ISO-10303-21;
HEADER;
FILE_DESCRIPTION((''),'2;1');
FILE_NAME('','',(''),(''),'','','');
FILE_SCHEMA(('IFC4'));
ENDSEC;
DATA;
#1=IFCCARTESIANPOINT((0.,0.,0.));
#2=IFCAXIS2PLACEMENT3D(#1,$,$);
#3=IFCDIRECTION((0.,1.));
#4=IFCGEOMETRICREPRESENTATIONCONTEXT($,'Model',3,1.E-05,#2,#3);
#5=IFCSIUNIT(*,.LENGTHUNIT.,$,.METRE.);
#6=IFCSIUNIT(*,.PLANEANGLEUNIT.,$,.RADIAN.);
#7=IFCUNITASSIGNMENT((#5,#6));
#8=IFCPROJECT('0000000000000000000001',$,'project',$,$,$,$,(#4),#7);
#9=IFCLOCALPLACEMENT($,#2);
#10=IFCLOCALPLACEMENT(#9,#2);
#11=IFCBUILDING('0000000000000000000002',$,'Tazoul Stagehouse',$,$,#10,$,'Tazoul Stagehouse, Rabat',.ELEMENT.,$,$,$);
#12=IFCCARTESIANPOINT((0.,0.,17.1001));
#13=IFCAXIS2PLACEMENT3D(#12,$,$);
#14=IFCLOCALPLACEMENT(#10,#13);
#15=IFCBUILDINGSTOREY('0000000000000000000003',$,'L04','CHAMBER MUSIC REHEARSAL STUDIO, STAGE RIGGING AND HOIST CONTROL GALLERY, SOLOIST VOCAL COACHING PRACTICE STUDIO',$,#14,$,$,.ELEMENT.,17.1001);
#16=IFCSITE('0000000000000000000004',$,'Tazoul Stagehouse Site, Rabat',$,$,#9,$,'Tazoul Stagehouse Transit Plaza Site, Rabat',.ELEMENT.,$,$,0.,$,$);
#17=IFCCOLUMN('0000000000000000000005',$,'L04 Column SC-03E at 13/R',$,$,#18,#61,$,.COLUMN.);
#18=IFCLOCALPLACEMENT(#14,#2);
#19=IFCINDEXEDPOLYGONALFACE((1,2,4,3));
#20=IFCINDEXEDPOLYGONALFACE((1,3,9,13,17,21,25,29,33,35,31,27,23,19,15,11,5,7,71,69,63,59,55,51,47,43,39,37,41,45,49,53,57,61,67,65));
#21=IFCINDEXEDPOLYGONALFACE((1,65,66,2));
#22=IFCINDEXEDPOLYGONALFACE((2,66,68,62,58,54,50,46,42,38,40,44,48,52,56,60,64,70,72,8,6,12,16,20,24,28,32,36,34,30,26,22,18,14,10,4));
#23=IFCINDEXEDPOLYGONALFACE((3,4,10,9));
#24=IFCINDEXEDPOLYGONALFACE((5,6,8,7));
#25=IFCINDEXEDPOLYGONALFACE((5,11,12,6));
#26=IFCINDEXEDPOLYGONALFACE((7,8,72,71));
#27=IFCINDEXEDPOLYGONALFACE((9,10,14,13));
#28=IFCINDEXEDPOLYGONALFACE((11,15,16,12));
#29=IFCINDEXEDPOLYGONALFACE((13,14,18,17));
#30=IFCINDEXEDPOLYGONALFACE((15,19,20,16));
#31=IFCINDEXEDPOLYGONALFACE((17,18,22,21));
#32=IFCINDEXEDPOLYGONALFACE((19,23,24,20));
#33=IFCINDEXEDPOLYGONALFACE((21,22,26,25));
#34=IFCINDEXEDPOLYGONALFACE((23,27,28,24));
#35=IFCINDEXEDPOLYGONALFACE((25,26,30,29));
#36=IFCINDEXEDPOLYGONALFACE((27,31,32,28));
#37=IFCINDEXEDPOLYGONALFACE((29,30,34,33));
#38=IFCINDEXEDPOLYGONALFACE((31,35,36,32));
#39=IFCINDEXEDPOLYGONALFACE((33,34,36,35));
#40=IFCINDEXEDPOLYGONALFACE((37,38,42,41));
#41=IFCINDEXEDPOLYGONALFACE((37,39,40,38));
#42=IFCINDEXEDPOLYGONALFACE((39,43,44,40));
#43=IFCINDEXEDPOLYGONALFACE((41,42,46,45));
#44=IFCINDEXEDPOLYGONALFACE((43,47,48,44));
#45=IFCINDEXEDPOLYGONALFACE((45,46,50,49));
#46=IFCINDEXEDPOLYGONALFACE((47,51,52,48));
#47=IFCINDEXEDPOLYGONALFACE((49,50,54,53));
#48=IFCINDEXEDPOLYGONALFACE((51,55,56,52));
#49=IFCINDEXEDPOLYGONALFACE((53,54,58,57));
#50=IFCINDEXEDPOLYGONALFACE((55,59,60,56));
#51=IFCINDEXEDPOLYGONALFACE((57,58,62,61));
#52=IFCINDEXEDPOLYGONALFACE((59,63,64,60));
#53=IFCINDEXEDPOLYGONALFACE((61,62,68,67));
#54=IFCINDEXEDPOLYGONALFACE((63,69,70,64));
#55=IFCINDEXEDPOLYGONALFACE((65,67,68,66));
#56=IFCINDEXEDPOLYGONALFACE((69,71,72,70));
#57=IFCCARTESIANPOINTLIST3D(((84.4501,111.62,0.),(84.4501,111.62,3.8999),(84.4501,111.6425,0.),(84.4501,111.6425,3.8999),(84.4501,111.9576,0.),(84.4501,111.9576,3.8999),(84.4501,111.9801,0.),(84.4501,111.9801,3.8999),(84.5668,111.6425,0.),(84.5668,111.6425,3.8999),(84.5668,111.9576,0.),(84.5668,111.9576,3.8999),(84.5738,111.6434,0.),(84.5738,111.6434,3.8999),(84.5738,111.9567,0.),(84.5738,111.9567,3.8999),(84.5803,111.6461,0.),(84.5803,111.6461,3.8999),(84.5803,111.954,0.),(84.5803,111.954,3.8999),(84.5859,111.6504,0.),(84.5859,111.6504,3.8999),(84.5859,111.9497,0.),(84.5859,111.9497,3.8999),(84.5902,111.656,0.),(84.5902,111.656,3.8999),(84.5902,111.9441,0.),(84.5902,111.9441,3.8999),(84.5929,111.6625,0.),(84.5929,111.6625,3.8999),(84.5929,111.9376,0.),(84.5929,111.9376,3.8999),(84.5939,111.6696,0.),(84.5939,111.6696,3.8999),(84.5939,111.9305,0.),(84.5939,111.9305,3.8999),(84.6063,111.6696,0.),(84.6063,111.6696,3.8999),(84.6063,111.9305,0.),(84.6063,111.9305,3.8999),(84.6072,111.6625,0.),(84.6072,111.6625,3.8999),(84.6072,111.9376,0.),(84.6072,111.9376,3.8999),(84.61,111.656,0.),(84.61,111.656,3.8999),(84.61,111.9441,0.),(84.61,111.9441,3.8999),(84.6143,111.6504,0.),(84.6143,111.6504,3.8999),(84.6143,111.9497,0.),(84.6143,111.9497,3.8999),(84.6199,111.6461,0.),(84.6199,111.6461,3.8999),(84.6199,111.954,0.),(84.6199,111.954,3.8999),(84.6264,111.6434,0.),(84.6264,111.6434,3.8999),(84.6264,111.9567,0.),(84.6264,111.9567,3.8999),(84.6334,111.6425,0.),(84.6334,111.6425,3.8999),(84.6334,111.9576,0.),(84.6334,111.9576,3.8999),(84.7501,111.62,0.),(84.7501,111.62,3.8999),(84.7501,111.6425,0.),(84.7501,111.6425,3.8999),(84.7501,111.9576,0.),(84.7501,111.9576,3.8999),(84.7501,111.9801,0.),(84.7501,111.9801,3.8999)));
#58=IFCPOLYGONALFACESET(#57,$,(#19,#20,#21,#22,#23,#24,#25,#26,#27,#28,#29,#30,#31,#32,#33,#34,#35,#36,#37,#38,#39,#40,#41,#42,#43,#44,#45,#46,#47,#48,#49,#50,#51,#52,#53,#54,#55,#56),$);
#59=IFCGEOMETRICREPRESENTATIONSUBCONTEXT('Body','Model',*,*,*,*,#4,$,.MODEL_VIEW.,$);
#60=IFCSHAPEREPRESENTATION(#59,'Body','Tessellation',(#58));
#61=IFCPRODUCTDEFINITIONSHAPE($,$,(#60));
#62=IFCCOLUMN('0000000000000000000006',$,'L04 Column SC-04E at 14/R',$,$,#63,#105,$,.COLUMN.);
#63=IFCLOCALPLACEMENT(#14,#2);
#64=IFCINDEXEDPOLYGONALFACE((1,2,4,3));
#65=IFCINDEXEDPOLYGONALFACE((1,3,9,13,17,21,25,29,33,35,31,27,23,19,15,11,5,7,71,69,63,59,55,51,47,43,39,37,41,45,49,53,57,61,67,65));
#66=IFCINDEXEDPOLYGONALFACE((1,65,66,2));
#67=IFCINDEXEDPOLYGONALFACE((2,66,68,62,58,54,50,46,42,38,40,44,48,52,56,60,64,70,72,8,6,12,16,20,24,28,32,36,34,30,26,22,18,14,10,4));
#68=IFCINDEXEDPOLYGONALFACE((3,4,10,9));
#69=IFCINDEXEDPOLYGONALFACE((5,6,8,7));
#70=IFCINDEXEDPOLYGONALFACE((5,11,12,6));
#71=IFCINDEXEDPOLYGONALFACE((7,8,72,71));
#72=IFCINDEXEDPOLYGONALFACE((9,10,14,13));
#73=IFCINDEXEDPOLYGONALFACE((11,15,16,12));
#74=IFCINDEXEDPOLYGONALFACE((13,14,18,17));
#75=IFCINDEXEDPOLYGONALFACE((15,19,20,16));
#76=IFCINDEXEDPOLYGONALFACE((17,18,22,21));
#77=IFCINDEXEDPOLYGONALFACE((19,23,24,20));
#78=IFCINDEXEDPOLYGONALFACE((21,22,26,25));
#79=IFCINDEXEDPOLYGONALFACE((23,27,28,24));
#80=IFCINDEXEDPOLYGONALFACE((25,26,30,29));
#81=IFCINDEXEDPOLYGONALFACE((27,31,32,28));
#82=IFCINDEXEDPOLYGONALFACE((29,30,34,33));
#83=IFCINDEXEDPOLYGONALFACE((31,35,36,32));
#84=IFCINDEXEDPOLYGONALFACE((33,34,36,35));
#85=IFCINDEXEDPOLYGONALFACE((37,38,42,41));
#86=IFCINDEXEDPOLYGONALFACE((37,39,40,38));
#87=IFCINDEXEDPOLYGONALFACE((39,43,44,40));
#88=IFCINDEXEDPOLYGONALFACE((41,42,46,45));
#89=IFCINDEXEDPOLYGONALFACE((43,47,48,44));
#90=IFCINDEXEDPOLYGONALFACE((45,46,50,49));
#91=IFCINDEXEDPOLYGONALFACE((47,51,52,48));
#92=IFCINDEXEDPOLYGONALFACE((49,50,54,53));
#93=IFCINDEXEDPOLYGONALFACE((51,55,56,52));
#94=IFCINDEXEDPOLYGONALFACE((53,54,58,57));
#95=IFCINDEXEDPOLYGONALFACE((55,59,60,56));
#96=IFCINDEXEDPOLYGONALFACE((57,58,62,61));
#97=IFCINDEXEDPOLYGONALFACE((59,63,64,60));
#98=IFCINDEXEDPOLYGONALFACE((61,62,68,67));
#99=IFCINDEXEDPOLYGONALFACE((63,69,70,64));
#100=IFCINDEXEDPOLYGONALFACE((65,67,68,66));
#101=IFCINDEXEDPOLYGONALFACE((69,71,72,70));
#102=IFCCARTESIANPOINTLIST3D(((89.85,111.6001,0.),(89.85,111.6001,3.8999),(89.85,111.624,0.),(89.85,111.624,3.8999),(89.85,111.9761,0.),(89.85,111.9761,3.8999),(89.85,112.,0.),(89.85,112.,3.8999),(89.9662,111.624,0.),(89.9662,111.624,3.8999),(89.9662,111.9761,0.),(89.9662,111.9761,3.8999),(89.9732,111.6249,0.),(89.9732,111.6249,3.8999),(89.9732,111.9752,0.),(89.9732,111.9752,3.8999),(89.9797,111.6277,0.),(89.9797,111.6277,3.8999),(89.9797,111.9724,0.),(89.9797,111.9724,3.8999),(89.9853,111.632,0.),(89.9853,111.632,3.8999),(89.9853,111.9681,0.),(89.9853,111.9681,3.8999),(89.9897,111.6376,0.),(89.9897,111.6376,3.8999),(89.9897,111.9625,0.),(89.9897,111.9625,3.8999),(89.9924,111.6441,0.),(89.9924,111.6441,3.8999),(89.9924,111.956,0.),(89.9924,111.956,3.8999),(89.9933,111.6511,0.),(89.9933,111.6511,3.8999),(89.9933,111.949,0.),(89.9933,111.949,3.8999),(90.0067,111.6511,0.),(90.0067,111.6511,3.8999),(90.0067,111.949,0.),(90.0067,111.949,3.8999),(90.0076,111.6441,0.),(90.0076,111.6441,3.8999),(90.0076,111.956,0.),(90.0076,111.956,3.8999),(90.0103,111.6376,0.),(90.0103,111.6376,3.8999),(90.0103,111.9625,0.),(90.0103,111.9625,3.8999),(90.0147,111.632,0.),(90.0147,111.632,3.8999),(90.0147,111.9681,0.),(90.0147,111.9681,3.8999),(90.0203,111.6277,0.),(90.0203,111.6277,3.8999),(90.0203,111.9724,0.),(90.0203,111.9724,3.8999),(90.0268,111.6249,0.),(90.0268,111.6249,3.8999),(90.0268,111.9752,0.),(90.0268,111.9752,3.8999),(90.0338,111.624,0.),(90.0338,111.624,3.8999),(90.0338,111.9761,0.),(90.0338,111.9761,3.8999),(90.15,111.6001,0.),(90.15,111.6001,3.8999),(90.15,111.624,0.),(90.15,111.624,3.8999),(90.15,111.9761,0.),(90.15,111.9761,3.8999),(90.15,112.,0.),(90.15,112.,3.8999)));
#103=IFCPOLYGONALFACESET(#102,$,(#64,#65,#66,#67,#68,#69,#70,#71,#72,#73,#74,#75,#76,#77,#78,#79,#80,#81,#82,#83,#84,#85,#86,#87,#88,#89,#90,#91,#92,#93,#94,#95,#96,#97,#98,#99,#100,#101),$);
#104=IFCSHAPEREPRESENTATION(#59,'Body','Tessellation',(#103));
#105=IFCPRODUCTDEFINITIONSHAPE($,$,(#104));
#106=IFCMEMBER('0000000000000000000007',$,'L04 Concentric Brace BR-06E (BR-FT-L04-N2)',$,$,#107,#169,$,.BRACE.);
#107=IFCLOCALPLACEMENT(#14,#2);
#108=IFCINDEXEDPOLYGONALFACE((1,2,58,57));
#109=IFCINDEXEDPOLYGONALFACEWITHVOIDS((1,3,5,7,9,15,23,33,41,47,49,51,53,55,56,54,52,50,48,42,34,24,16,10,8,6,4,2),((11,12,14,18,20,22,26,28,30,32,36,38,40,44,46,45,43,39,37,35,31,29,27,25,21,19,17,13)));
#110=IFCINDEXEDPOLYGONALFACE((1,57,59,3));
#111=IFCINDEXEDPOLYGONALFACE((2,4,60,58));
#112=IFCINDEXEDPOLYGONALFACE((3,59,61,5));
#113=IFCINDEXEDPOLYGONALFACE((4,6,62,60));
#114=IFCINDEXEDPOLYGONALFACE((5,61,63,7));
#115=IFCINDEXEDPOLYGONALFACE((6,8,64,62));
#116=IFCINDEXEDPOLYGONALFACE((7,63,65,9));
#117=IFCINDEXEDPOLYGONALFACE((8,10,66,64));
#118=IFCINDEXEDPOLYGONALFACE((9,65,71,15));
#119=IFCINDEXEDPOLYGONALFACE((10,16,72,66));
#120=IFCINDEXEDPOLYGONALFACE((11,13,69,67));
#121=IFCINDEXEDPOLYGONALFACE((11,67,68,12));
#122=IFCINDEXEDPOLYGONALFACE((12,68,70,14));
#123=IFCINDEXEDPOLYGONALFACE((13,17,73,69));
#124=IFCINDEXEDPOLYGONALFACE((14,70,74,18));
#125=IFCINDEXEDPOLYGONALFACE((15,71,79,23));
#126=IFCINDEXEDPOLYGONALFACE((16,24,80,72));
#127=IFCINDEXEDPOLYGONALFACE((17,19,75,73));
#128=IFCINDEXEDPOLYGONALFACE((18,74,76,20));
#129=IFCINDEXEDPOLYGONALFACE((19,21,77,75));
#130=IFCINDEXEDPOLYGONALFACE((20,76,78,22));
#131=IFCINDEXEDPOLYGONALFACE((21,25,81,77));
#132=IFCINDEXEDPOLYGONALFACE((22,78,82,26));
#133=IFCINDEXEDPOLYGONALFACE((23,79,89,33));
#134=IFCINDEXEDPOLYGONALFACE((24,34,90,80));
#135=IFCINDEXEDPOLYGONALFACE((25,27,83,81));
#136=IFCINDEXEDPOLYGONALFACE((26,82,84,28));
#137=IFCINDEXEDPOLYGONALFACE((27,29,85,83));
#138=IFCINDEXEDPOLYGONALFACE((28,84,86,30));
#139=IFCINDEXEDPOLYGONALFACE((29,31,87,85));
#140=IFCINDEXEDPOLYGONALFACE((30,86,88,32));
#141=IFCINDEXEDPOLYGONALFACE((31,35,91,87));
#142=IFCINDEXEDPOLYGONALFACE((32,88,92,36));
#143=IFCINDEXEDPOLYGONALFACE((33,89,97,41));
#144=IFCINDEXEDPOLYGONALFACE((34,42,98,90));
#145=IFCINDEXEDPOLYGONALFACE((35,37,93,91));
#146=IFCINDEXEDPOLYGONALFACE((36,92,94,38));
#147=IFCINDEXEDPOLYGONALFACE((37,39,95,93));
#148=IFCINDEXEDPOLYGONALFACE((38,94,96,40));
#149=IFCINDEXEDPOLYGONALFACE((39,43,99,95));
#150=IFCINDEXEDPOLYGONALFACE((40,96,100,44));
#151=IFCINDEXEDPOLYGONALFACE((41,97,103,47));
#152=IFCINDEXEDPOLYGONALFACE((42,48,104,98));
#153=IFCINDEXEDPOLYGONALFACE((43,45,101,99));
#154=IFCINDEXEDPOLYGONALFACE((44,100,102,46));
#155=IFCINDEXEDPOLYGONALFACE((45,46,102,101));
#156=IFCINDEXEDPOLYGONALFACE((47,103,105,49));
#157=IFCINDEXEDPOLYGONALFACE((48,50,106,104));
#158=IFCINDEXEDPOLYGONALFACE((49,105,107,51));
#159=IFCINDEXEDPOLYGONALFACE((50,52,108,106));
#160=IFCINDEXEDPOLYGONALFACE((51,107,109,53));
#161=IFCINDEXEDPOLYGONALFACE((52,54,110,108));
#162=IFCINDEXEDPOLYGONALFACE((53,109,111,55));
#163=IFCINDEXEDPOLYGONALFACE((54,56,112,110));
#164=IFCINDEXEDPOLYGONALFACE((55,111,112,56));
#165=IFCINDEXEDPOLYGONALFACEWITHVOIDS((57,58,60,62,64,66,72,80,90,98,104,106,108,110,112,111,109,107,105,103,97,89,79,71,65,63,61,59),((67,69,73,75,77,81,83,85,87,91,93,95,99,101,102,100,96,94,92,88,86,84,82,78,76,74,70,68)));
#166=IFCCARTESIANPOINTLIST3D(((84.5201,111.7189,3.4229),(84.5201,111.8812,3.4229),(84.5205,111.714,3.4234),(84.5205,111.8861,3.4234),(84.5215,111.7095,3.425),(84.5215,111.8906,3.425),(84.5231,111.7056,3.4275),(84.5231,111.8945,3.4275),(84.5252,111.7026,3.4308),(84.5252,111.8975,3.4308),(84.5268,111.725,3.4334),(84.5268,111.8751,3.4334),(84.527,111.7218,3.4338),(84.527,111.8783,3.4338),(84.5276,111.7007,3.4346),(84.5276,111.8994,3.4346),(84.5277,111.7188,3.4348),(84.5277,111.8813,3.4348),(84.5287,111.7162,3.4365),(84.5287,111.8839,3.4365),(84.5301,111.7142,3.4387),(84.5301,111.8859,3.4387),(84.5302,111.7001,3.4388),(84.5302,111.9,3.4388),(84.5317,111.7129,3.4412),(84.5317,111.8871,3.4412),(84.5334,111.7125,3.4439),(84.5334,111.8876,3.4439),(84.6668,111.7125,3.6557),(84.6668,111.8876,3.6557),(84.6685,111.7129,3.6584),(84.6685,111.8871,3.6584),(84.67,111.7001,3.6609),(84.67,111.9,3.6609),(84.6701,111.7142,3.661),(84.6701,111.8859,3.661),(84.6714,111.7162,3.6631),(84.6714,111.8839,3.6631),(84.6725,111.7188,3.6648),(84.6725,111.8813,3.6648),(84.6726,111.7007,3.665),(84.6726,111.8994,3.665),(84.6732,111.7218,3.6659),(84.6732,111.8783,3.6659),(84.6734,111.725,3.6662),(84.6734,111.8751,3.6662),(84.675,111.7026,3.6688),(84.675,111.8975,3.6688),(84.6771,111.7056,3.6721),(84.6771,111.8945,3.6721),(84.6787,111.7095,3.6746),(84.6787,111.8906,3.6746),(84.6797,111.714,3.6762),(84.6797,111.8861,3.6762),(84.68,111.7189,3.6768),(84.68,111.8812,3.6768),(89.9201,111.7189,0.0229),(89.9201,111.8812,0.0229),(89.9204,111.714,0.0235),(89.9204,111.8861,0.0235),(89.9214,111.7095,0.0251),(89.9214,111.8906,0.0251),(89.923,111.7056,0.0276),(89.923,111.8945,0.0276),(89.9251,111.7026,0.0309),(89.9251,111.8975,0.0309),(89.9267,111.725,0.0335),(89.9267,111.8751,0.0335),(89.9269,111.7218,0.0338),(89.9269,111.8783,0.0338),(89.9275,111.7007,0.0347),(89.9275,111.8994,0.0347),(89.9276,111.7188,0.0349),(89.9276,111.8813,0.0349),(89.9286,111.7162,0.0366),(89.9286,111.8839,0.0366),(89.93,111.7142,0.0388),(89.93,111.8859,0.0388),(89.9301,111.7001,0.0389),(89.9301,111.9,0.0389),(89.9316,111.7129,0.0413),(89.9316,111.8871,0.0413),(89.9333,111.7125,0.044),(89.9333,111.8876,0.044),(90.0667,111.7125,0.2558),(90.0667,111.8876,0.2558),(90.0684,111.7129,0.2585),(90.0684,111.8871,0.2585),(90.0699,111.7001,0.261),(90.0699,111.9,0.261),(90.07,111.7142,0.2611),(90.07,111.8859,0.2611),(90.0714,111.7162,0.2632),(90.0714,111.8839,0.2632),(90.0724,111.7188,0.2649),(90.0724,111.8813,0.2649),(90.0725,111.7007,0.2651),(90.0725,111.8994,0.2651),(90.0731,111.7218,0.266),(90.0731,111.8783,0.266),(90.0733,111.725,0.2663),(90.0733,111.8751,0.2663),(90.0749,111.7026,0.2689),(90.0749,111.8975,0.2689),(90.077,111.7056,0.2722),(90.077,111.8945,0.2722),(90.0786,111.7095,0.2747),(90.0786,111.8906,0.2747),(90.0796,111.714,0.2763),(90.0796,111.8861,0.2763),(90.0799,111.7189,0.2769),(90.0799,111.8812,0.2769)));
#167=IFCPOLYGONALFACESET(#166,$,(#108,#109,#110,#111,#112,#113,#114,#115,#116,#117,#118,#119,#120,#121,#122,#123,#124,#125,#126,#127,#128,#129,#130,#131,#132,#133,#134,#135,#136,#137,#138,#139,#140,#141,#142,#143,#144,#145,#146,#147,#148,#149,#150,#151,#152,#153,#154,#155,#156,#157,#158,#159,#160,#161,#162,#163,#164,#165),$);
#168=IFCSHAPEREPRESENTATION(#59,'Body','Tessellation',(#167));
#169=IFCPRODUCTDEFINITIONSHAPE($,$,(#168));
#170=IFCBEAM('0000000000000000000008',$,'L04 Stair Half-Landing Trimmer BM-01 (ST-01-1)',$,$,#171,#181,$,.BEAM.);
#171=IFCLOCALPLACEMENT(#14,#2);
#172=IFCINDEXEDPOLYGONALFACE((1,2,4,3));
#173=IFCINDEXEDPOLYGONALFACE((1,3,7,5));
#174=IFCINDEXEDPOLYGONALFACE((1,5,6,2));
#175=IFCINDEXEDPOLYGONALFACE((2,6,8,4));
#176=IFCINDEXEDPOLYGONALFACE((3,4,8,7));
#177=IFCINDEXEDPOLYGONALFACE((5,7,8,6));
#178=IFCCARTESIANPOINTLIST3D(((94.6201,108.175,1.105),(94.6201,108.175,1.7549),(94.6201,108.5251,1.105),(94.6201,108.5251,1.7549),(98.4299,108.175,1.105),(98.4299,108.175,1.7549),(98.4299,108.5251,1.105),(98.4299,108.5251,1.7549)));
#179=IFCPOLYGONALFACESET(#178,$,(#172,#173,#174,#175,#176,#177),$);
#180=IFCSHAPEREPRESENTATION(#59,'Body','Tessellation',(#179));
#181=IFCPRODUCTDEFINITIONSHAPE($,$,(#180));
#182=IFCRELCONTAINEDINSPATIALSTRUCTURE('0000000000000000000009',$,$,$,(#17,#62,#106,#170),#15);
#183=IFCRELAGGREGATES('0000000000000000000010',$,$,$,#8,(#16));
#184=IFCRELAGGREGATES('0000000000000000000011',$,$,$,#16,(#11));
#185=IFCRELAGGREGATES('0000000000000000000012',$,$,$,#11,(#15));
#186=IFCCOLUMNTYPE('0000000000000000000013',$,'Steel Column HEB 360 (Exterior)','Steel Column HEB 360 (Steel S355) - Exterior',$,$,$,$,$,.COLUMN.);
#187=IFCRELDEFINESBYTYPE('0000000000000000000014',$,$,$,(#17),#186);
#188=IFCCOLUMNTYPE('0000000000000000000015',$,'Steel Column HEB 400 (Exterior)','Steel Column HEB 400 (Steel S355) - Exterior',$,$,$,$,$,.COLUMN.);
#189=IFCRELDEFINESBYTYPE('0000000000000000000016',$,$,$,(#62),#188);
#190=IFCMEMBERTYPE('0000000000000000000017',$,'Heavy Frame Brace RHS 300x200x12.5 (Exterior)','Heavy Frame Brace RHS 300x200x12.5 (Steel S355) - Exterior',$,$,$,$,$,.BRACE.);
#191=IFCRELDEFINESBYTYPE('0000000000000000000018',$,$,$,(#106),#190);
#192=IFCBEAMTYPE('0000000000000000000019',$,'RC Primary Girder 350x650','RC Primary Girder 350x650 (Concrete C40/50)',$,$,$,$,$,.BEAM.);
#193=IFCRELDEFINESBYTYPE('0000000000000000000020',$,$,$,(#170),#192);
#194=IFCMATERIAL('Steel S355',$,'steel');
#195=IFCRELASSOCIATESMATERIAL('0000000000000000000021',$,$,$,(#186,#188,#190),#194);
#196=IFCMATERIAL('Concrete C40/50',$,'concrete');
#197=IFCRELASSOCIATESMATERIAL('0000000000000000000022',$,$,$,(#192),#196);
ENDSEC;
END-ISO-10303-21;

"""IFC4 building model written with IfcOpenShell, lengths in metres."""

from ifc_helpers import new_model, si_unit, direction, frame, origin, origin_2d, place, context, subcontext, project, spatial, rectangle, hollow_rectangle, i_section, extrude, material, material_profile, profile_set, type_object, element, save


model = new_model("IFC4")

# Units and contexts
model_context = context("Model", 3, precision=1e-05, world=origin(), true_north=direction((0.0, 1.0)))
body_context = subcontext(model_context, "Body", "Model", "MODEL_VIEW")
ifc_project = project(units=[si_unit("LENGTHUNIT", "METRE"), si_unit("PLANEANGLEUNIT", "RADIAN")], contexts=[model_context])

# Site, building, storey
site_placement = place(None, origin())
site = spatial("IfcSite", under=ifc_project, at=site_placement, Name="Tazoul Stagehouse Site, Rabat", LongName="Tazoul Stagehouse Transit Plaza Site, Rabat", CompositionType="ELEMENT", RefElevation=0.0)
building_placement = place(site_placement, origin())
building = spatial("IfcBuilding", under=site, at=building_placement, Name="Tazoul Stagehouse", LongName="Tazoul Stagehouse, Rabat", CompositionType="ELEMENT")
storey_placement = place(building_placement, frame((0.0, 0.0, 17.1001)))
storey = spatial("IfcBuildingStorey", under=building, at=storey_placement, Name="L04", Description="CHAMBER MUSIC REHEARSAL STUDIO, STAGE RIGGING AND HOIST CONTROL GALLERY, SOLOIST VOCAL COACHING PRACTICE STUDIO", CompositionType="ELEMENT", Elevation=17.1001)

# Columns
ifc_material_1 = material(Name="Steel S355", Category="steel")
ifc_material_profile_1 = material_profile(ifc_material_1, i_section(OverallWidth=0.3, OverallDepth=0.3601, WebThickness=0.0125, FlangeThickness=0.0225, FilletRadius=0.0271, at=origin_2d()), Name="HEB 360")
ifc_profile_set_1 = profile_set([ifc_material_profile_1], Name="Steel S355")
column_type_1 = type_object("IfcColumnType", Name="Steel Column HEB 360 (Exterior)", Description="Steel Column HEB 360 (Steel S355) - Exterior", PredefinedType="COLUMN", material=ifc_profile_set_1)
column_1_placement = place(storey_placement, frame((84.6001, 111.8, 0.0), z_axis=(0.0, 0.0, 1.0), x_axis=(1.0, 0.0, 0.0)))
element("IfcColumn", 1, at=column_1_placement, inside=storey, type_object=column_type_1, Name="L04 Column SC-03E at 13/R", PredefinedType="COLUMN", context=body_context, shape_type="SweptSolid", body=[
    extrude(i_section(OverallWidth=0.3, OverallDepth=0.3601, WebThickness=0.0125, FlangeThickness=0.0225, FilletRadius=0.0271, at=origin_2d()), origin(), (0.0, 0.0, 1.0), 3.8999),
])
ifc_material_profile_2 = material_profile(ifc_material_1, i_section(OverallWidth=0.3, OverallDepth=0.3999, WebThickness=0.0134, FlangeThickness=0.0239, FilletRadius=0.0271, at=origin_2d()), Name="HEB 400")
ifc_profile_set_2 = profile_set([ifc_material_profile_2], Name="Steel S355")
column_type_2 = type_object("IfcColumnType", Name="Steel Column HEB 400 (Exterior)", Description="Steel Column HEB 400 (Steel S355) - Exterior", PredefinedType="COLUMN", material=ifc_profile_set_2)
column_2_placement = place(storey_placement, frame((90.0, 111.8, 0.0), z_axis=(0.0, 0.0, 1.0), x_axis=(1.0, 0.0, 0.0)))
element("IfcColumn", 2, at=column_2_placement, inside=storey, type_object=column_type_2, Name="L04 Column SC-04E at 14/R", PredefinedType="COLUMN", context=body_context, shape_type="SweptSolid", body=[
    extrude(i_section(OverallWidth=0.3, OverallDepth=0.3999, WebThickness=0.0134, FlangeThickness=0.0239, FilletRadius=0.0271, at=origin_2d()), origin(), (0.0, 0.0, 1.0), 3.8999),
])

# Member
ifc_material_profile_3 = material_profile(ifc_material_1, hollow_rectangle(XDim=0.2, YDim=0.3, WallThickness=0.0125, InnerFilletRadius=0.0125, OuterFilletRadius=0.0188, at=origin_2d()), Name="RHS 300x200x12.5")
ifc_profile_set_3 = profile_set([ifc_material_profile_3], Name="Steel S355")
member_type_1 = type_object("IfcMemberType", Name="Heavy Frame Brace RHS 300x200x12.5 (Exterior)", Description="Heavy Frame Brace RHS 300x200x12.5 (Steel S355) - Exterior", PredefinedType="BRACE", material=ifc_profile_set_3)
member_1_placement = place(storey_placement, frame((90.0, 111.8, 0.1499), z_axis=(-0.846235, 0.0, 0.532809), x_axis=(0.0, -1.0, 0.0)))
element("IfcMember", 3, at=member_1_placement, inside=storey, type_object=member_type_1, Name="L04 Concentric Brace BR-06E (BR-FT-L04-N2)", PredefinedType="BRACE", context=body_context, shape_type="SweptSolid", body=[
    extrude(hollow_rectangle(XDim=0.2, YDim=0.3, WallThickness=0.0125, InnerFilletRadius=0.0125, OuterFilletRadius=0.0188, at=origin_2d()), origin(), (0.0, 0.0, 1.0), 6.3811),
])

# Beam
ifc_material_2 = material(Name="Concrete C40/50", Category="concrete")
ifc_material_profile_4 = material_profile(ifc_material_2, rectangle(XDim=0.3501, YDim=0.6499, at=origin_2d()), Name="RC 350x650")
ifc_profile_set_4 = profile_set([ifc_material_profile_4], Name="Concrete C40/50")
beam_type_1 = type_object("IfcBeamType", Name="RC Primary Girder 350x650", Description="RC Primary Girder 350x650 (Concrete C40/50)", PredefinedType="BEAM", material=ifc_profile_set_4)
beam_1_placement = place(storey_placement, frame((94.6201, 108.3501, 1.4299), z_axis=(1.0, 0.0, 0.0), x_axis=(0.0, 1.0, 0.0)))
element("IfcBeam", 4, at=beam_1_placement, inside=storey, type_object=beam_type_1, Name="L04 Stair Half-Landing Trimmer BM-01 (ST-01-1)", PredefinedType="BEAM", context=body_context, shape_type="SweptSolid", body=[
    extrude(rectangle(XDim=0.3501, YDim=0.6499, at=origin_2d()), origin(), (0.0, 0.0, 1.0), 3.8098),
])

save(model, "model.ifc")
